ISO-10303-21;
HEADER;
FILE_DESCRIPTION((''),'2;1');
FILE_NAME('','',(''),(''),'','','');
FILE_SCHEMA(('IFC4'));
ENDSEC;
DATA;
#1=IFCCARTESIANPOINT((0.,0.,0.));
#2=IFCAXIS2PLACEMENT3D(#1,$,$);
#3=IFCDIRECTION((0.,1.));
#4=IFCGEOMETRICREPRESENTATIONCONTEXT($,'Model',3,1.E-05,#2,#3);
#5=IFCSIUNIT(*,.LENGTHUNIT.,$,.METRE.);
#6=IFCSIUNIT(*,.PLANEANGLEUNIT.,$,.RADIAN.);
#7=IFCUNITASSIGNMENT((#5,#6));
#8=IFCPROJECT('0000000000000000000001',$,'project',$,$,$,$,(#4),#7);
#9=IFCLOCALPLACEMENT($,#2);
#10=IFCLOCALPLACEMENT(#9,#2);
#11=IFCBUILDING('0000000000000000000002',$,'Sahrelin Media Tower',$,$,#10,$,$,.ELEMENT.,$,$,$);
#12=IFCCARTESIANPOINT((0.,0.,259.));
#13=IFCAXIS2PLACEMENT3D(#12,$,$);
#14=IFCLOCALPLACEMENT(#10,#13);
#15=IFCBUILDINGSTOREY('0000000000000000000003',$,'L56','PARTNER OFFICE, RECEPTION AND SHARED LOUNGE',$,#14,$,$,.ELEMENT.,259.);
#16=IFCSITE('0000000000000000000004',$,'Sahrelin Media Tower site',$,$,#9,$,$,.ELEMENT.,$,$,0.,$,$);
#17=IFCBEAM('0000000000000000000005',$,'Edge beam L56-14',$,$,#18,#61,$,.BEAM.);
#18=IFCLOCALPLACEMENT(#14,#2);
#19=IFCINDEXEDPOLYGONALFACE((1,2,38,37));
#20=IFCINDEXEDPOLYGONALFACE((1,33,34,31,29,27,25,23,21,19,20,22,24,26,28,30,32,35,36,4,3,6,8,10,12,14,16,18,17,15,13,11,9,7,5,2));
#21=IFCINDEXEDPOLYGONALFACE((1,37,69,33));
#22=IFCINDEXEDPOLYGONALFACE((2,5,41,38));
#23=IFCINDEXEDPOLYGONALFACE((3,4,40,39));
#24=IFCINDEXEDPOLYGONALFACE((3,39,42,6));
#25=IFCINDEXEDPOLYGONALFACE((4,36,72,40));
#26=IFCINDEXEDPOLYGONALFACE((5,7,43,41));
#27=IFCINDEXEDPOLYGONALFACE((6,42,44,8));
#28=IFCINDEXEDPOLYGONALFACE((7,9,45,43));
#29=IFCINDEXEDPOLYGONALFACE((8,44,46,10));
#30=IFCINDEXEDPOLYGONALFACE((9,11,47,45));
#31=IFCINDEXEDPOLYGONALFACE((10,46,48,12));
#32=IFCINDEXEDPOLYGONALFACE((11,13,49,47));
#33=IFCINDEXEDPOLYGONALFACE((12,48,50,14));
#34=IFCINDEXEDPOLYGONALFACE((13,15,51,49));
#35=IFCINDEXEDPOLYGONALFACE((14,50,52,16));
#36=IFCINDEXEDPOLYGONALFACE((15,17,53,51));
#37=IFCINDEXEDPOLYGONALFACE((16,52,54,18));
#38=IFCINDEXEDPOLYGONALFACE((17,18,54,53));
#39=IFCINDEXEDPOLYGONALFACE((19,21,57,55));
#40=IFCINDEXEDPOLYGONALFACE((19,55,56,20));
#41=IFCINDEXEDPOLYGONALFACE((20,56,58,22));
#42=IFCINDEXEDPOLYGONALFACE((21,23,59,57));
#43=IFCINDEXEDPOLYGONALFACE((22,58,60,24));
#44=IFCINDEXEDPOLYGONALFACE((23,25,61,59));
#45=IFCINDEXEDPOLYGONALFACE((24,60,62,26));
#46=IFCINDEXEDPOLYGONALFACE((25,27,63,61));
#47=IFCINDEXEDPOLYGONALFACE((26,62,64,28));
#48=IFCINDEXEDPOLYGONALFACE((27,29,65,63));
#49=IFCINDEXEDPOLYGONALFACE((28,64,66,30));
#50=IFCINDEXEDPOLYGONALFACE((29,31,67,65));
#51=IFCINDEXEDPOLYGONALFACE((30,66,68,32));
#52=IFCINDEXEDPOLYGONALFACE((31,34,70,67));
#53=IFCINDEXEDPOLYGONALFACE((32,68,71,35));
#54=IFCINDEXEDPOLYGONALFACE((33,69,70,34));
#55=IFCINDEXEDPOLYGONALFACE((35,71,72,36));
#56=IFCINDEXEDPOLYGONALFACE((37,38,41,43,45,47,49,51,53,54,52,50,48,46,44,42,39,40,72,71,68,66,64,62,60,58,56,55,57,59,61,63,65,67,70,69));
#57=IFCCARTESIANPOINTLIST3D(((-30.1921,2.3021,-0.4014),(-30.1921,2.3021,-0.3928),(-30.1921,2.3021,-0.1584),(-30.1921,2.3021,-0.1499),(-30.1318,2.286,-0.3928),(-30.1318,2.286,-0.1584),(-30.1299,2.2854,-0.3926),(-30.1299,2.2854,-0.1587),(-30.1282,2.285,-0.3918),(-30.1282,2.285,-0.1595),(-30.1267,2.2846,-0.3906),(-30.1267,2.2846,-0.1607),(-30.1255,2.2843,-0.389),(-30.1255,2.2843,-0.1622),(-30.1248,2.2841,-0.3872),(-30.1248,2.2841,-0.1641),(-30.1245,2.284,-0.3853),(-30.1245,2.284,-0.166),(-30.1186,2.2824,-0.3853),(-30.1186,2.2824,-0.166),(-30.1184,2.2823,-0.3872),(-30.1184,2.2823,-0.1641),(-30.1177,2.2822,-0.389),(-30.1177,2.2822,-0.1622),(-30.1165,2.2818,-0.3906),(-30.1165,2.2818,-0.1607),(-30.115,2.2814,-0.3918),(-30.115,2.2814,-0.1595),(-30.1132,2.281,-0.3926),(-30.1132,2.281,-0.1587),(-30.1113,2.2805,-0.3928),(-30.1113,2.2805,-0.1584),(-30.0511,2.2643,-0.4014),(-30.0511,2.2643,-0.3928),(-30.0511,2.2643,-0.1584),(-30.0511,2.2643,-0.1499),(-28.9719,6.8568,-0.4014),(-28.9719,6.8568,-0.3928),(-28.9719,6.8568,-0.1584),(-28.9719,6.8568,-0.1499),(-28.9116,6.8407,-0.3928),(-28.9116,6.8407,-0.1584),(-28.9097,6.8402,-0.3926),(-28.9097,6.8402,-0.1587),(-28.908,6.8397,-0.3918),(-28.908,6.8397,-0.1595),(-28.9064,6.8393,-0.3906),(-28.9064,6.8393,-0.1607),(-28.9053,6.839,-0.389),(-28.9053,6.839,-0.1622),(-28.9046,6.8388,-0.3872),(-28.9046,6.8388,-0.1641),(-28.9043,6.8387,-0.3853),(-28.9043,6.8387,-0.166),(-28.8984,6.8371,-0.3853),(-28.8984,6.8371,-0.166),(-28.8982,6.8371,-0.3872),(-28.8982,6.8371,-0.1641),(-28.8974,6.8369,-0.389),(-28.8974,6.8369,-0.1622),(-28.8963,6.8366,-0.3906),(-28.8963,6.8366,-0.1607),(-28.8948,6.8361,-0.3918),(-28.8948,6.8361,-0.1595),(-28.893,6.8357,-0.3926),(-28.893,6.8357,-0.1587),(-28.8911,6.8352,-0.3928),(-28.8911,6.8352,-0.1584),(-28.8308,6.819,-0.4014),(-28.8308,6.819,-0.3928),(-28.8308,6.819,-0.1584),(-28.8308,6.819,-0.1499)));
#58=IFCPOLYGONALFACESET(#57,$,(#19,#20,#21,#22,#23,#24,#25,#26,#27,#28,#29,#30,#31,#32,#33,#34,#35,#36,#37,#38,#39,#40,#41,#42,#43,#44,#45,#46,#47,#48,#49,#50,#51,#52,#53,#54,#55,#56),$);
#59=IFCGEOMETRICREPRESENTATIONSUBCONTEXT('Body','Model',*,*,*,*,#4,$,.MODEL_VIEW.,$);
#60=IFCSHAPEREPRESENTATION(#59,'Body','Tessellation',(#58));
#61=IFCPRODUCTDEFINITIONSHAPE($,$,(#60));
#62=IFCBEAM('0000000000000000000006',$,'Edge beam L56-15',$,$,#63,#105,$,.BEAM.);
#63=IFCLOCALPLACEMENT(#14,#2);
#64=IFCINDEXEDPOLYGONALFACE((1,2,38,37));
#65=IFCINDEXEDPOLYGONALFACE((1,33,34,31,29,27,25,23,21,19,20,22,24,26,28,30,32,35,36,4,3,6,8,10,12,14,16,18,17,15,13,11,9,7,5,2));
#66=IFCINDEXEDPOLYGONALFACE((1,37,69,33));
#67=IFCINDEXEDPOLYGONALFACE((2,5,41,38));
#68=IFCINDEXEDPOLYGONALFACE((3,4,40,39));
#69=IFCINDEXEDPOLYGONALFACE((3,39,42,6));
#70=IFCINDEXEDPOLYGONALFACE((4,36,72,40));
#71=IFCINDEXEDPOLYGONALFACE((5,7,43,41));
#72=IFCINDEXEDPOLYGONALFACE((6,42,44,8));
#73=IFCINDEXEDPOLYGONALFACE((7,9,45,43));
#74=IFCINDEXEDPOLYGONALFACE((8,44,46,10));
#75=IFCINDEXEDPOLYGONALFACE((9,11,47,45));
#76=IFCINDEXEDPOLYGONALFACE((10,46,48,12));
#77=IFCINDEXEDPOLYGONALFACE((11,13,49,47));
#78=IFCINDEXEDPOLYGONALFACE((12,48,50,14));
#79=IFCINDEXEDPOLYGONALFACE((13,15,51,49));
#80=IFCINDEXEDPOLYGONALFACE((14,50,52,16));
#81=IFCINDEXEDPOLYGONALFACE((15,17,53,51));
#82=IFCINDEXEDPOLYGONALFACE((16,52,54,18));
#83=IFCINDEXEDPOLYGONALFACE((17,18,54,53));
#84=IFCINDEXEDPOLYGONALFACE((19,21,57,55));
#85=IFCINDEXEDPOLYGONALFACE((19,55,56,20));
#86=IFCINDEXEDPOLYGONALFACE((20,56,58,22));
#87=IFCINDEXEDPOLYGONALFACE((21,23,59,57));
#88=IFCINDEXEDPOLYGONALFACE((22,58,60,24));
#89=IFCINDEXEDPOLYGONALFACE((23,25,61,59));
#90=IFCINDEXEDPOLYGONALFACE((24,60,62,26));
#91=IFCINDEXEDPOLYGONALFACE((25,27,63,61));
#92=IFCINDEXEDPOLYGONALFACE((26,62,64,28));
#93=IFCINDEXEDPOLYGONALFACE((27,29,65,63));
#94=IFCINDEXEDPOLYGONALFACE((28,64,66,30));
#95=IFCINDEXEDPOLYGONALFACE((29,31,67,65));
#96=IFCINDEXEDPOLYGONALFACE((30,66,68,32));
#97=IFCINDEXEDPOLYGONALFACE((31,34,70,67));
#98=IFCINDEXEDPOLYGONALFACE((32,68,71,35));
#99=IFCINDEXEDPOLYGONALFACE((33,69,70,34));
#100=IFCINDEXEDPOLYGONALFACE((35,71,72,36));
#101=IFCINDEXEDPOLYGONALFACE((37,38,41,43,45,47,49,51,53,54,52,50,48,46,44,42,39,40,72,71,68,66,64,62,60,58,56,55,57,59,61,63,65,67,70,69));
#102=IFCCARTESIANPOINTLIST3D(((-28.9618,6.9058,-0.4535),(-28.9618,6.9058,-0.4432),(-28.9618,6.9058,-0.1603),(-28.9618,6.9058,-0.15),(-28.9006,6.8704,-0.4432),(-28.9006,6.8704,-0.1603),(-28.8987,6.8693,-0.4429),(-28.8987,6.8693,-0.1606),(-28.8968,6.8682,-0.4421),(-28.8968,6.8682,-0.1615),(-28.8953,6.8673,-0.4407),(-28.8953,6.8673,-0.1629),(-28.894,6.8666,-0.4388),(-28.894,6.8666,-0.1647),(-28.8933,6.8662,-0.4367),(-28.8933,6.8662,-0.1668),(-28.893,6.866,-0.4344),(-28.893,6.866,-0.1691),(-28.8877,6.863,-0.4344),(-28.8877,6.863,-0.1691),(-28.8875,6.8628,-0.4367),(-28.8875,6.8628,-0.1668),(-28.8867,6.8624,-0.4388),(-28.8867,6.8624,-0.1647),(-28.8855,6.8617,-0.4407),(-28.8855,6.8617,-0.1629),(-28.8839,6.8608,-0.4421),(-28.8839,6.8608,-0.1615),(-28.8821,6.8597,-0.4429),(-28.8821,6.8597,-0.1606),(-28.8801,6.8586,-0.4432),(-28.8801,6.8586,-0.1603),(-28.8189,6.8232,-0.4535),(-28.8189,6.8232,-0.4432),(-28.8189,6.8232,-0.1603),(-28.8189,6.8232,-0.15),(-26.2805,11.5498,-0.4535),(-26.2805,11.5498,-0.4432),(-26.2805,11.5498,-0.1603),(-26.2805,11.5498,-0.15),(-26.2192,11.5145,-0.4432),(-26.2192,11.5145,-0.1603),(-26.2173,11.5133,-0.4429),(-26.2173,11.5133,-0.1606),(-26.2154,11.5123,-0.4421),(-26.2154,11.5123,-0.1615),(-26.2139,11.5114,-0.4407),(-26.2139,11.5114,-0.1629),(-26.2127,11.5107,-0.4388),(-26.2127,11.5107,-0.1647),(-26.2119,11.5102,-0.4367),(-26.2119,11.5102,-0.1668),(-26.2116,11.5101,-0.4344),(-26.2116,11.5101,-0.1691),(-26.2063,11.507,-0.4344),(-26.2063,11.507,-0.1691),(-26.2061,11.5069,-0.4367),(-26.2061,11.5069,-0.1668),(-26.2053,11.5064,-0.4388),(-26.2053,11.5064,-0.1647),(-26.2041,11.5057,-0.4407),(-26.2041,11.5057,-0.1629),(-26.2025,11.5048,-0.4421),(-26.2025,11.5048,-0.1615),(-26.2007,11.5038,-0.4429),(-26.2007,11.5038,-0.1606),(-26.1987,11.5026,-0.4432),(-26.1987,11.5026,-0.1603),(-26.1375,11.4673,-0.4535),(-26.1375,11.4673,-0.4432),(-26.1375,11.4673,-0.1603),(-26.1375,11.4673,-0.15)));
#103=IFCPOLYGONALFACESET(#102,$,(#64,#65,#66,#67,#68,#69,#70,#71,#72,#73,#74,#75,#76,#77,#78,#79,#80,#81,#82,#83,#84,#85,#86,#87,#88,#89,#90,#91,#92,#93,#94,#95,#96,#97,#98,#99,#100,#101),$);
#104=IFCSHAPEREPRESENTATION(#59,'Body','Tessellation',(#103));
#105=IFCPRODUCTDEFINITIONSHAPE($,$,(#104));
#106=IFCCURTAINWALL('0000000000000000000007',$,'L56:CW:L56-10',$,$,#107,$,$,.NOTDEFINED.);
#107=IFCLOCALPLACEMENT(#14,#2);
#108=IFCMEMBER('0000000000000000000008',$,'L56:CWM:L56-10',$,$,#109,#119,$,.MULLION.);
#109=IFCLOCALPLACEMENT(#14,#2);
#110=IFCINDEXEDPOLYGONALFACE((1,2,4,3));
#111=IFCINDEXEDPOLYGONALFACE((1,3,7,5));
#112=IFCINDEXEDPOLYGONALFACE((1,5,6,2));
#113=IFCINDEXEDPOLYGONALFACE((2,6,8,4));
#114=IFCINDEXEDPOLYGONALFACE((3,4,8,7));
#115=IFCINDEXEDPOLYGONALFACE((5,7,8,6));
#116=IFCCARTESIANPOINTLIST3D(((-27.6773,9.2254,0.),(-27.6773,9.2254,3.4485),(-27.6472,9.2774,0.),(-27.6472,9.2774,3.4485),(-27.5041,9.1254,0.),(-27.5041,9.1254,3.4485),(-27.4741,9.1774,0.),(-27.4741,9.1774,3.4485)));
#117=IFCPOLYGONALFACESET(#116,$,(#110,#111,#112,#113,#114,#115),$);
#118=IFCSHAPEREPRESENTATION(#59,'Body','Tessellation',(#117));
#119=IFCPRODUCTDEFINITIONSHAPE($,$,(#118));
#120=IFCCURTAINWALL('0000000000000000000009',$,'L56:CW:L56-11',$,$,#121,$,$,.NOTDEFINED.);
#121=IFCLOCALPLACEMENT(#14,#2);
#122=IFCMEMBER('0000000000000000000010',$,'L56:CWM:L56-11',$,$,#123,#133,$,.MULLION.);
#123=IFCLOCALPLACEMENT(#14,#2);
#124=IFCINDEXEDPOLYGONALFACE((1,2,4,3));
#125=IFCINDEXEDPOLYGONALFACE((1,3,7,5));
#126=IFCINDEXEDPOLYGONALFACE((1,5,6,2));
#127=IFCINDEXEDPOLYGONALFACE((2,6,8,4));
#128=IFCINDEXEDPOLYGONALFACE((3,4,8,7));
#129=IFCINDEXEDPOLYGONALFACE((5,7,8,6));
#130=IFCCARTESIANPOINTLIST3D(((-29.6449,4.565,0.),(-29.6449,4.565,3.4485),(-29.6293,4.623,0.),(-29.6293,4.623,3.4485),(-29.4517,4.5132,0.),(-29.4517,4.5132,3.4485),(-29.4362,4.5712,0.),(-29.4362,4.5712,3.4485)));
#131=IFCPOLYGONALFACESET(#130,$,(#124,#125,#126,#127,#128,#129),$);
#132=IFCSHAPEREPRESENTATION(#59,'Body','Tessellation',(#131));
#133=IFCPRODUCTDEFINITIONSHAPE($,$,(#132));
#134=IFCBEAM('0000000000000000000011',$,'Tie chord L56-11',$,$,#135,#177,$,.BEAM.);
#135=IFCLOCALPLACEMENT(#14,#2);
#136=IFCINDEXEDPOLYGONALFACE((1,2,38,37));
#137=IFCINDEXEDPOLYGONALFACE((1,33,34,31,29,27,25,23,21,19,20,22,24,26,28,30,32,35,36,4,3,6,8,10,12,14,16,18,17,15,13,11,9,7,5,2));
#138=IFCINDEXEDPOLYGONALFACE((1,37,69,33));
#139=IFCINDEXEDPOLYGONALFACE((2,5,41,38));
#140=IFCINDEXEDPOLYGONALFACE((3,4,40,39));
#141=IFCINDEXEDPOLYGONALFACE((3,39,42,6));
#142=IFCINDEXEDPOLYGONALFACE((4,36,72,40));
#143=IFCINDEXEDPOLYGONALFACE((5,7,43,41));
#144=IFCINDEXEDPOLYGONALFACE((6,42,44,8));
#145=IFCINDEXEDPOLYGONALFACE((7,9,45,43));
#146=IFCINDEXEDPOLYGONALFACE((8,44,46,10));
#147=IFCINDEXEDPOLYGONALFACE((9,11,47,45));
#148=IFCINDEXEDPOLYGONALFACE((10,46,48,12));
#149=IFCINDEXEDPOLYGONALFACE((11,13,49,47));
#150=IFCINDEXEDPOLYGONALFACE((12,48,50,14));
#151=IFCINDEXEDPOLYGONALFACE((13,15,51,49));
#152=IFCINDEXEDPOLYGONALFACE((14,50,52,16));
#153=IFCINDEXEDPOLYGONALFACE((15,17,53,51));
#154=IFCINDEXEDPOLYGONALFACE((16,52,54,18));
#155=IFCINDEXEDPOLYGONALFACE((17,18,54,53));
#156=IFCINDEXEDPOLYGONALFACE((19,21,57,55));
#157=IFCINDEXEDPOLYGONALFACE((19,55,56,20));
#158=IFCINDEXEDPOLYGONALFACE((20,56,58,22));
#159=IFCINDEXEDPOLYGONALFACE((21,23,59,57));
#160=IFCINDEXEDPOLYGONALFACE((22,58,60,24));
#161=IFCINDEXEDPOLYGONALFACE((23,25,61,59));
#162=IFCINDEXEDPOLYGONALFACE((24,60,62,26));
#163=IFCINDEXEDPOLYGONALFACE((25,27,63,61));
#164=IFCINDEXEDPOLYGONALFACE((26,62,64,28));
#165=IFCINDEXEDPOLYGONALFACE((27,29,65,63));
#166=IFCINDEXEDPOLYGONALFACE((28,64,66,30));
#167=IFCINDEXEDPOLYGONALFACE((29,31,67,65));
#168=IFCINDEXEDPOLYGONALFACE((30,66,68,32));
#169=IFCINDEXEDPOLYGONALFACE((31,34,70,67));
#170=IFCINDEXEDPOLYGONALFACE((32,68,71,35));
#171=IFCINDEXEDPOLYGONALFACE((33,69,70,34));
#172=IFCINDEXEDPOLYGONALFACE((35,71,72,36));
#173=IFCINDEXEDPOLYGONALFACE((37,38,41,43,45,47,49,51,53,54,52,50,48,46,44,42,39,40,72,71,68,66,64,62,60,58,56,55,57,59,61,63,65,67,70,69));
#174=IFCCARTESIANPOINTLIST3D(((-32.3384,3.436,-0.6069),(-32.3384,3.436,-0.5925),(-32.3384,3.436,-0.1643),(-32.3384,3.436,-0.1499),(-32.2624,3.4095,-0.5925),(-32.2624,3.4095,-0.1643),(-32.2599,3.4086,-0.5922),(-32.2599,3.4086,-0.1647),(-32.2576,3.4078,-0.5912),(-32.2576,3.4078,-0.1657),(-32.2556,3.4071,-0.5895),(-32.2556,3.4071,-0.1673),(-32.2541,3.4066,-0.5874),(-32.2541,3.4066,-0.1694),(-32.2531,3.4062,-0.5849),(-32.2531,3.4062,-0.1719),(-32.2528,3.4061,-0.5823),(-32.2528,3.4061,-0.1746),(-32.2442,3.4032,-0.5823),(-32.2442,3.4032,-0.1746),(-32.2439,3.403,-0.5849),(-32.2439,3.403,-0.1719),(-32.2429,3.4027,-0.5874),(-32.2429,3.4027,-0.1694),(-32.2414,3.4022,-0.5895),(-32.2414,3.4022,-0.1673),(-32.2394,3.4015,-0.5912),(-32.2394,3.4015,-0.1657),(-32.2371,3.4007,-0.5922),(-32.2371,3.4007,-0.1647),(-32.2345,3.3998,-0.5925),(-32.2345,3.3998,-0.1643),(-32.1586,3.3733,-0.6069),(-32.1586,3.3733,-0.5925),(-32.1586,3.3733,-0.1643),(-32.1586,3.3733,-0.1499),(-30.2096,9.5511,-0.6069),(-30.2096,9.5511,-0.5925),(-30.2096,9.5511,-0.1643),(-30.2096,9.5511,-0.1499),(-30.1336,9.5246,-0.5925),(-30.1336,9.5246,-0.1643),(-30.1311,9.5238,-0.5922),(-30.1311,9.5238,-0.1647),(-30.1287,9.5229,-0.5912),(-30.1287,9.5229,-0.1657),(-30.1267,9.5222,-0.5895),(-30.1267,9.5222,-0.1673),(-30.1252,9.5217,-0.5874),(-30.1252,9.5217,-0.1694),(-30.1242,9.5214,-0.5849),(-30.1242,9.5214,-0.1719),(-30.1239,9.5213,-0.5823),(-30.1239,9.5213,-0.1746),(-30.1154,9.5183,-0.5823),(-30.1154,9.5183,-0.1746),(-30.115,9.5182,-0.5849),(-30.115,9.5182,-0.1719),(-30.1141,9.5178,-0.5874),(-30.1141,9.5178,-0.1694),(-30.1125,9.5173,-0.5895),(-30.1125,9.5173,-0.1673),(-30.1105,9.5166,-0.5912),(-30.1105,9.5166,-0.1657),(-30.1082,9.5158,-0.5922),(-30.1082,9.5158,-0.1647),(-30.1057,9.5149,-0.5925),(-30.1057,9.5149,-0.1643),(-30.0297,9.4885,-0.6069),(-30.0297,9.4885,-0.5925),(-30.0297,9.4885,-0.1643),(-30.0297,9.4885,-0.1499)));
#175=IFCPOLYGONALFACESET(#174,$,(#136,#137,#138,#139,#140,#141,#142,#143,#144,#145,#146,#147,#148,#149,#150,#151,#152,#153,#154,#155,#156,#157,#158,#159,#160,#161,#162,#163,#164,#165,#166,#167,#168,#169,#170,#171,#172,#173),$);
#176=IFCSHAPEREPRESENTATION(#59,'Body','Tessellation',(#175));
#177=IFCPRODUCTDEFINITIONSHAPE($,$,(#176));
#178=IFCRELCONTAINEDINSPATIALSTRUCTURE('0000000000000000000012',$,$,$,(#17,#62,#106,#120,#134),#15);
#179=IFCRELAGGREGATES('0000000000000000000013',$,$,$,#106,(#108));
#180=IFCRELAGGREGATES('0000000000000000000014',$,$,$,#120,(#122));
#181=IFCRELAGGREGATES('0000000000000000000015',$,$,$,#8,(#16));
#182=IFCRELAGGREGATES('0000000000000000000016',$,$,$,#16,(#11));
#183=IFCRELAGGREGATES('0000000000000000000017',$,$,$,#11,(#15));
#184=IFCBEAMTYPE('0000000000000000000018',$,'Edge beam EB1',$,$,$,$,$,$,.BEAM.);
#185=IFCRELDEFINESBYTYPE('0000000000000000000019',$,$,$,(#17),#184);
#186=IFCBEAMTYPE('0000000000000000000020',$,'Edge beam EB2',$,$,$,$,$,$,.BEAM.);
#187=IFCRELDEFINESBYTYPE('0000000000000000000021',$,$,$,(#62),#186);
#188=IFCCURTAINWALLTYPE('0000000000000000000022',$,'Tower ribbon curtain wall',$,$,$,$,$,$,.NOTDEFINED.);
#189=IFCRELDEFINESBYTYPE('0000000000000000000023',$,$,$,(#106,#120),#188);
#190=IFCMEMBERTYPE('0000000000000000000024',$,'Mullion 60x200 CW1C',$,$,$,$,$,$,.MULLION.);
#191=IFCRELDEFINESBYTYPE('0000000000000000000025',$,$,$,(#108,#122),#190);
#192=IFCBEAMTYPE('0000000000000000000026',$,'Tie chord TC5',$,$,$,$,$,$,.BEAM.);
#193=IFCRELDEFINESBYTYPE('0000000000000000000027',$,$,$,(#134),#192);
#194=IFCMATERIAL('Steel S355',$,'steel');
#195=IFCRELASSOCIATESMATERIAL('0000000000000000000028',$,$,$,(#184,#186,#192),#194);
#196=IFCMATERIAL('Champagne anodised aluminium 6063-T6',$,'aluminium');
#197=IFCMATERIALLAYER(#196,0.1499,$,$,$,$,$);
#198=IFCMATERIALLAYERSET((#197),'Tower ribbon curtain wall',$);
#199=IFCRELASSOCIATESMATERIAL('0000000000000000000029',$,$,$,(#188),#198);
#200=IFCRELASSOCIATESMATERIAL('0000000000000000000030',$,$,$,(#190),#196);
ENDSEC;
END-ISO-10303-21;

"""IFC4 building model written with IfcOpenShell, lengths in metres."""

from ifc_helpers import new_model, si_unit, direction, frame, origin, origin_2d, place, context, subcontext, project, spatial, rectangle, i_section, extrude, material, layer, layer_set, material_profile, profile_set, type_object, element, aggregate, save


model = new_model("IFC4")

# Units and contexts
model_context = context("Model", 3, precision=1e-05, world=origin(), true_north=direction((0.0, 1.0)))
body_context = subcontext(model_context, "Body", "Model", "MODEL_VIEW")
ifc_project = project(units=[si_unit("LENGTHUNIT", "METRE"), si_unit("PLANEANGLEUNIT", "RADIAN")], contexts=[model_context])

# Site, building, storey
site_placement = place(None, origin())
site = spatial("IfcSite", under=ifc_project, at=site_placement, Name="Sahrelin Media Tower site", CompositionType="ELEMENT", RefElevation=0.0)
building_placement = place(site_placement, origin())
building = spatial("IfcBuilding", under=site, at=building_placement, Name="Sahrelin Media Tower", CompositionType="ELEMENT")
storey_placement = place(building_placement, frame((0.0, 0.0, 259.0)))
storey = spatial("IfcBuildingStorey", under=building, at=storey_placement, Name="L56", Description="PARTNER OFFICE, RECEPTION AND SHARED LOUNGE", CompositionType="ELEMENT", Elevation=259.0)

# Beams
ifc_material_1 = material(Name="Steel S355", Category="steel")
ifc_material_profile_1 = material_profile(ifc_material_1, i_section(OverallWidth=0.146, OverallDepth=0.2515, WebThickness=0.0061, FlangeThickness=0.0085, FilletRadius=0.0076, at=origin_2d()), Name="UB 254x146x31")
ifc_profile_set_1 = profile_set([ifc_material_profile_1], Name="Steel S355")
beam_type_1 = type_object("IfcBeamType", Name="Edge beam EB1", PredefinedType="BEAM", material=ifc_profile_set_1)
beam_1_placement = place(storey_placement, frame((-30.1216, 2.2832, -0.2756), z_axis=(0.258777, 0.965937, 0.0), x_axis=(-0.965937, 0.258777, 0.0)))
element("IfcBeam", 1, at=beam_1_placement, inside=storey, type_object=beam_type_1, Name="Edge beam L56-14", PredefinedType="BEAM", context=body_context, shape_type="SweptSolid", body=[
    extrude(i_section(OverallWidth=0.146, OverallDepth=0.2515, WebThickness=0.0061, FlangeThickness=0.0085, FilletRadius=0.0076, at=origin_2d()), origin(), (0.0, 0.0, 1.0), 4.7153),
])
ifc_material_profile_2 = material_profile(ifc_material_1, i_section(OverallWidth=0.165, OverallDepth=0.3035, WebThickness=0.0061, FlangeThickness=0.0103, FilletRadius=0.0088, at=origin_2d()), Name="UB 305x165x40")
ifc_profile_set_2 = profile_set([ifc_material_profile_2], Name="Steel S355")
beam_type_2 = type_object("IfcBeamType", Name="Edge beam EB2", PredefinedType="BEAM", material=ifc_profile_set_2)
beam_2_placement = place(storey_placement, frame((-28.8904, 6.8645, -0.3018), z_axis=(0.500022, 0.866013, 0.0), x_axis=(-0.866013, 0.500022, 0.0)))
element("IfcBeam", 2, at=beam_2_placement, inside=storey, type_object=beam_type_2, Name="Edge beam L56-15", PredefinedType="BEAM", context=body_context, shape_type="SweptSolid", body=[
    extrude(i_section(OverallWidth=0.165, OverallDepth=0.3035, WebThickness=0.0061, FlangeThickness=0.0103, FilletRadius=0.0088, at=origin_2d()), origin(), (0.0, 0.0, 1.0), 5.3625),
])

# Curtain walls, members
ifc_material_2 = material(Name="Champagne anodised aluminium 6063-T6", Category="aluminium")
ifc_layer_1 = layer(ifc_material_2, 0.1499)
ifc_layer_set_1 = layer_set([ifc_layer_1], Name="Tower ribbon curtain wall")
curtain_wall_type = type_object("IfcCurtainWallType", Name="Tower ribbon curtain wall", PredefinedType="NOTDEFINED", material=ifc_layer_set_1)
curtain_wall_1_placement = place(storey_placement, frame((-27.6797, 9.2615, 0.0), z_axis=(0.0, 0.0, 1.0), x_axis=(1.0, 0.0, 0.0)))
curtain_wall_1 = element("IfcCurtainWall", 3, at=curtain_wall_1_placement, inside=storey, type_object=curtain_wall_type, Name="L56:CW:L56-10", PredefinedType="NOTDEFINED")
ifc_material_profile_3 = material_profile(ifc_material_2, rectangle(XDim=0.0601, YDim=0.2, at=origin_2d()), Name="Mullion 60x200")
ifc_profile_set_3 = profile_set([ifc_material_profile_3], Name="Champagne anodised aluminium 6063-T6")
member_type_1 = type_object("IfcMemberType", Name="Mullion 60x200 CW1C", PredefinedType="MULLION", material=ifc_profile_set_3)
member_1_placement = place(storey_placement, frame((-27.5757, 9.2014, 0.0), z_axis=(0.0, 0.0, 1.0), x_axis=(-0.500011, -0.866019, 0.0)))
member_1 = element("IfcMember", 4, at=member_1_placement, type_object=member_type_1, Name="L56:CWM:L56-10", PredefinedType="MULLION", context=body_context, shape_type="SweptSolid", body=[
    extrude(rectangle(XDim=0.0601, YDim=0.2, at=origin_2d()), origin(), (0.0, 0.0, 1.0), 3.4485),
])
curtain_wall_2_placement = place(storey_placement, frame((-29.6565, 4.5991, 0.0), z_axis=(0.0, 0.0, 1.0), x_axis=(1.0, 0.0, 0.0)))
curtain_wall_2 = element("IfcCurtainWall", 5, at=curtain_wall_2_placement, inside=storey, type_object=curtain_wall_type, Name="L56:CW:L56-11", PredefinedType="NOTDEFINED")
member_2_placement = place(storey_placement, frame((-29.5405, 4.5681, 0.0), z_axis=(0.0, 0.0, 1.0), x_axis=(-0.258806, -0.965929, 0.0)))
member_2 = element("IfcMember", 6, at=member_2_placement, type_object=member_type_1, Name="L56:CWM:L56-11", PredefinedType="MULLION", context=body_context, shape_type="SweptSolid", body=[
    extrude(rectangle(XDim=0.0601, YDim=0.2, at=origin_2d()), origin(), (0.0, 0.0, 1.0), 3.4485),
])

# Beam
ifc_material_profile_4 = material_profile(ifc_material_1, i_section(OverallWidth=0.1904, OverallDepth=0.457, WebThickness=0.009, FlangeThickness=0.0144, FilletRadius=0.0103, at=origin_2d()), Name="UB 457x191x74")
ifc_profile_set_4 = profile_set([ifc_material_profile_4], Name="Steel S355")
beam_type_3 = type_object("IfcBeamType", Name="Tie chord TC5", PredefinedType="BEAM", material=ifc_profile_set_4)
beam_3_placement = place(storey_placement, frame((-30.1196, 9.5198, -0.3784), z_axis=(-0.328778, -0.944407, 0.0), x_axis=(0.944407, -0.328778, 0.0)))
element("IfcBeam", 7, at=beam_3_placement, inside=storey, type_object=beam_type_3, Name="Tie chord L56-11", PredefinedType="BEAM", context=body_context, shape_type="SweptSolid", body=[
    extrude(i_section(OverallWidth=0.1904, OverallDepth=0.457, WebThickness=0.009, FlangeThickness=0.0144, FilletRadius=0.0103, at=origin_2d()), origin(), (0.0, 0.0, 1.0), 6.4751),
])

aggregate(curtain_wall_1, [member_1])

aggregate(curtain_wall_2, [member_2])

save(model, "model.ifc")
